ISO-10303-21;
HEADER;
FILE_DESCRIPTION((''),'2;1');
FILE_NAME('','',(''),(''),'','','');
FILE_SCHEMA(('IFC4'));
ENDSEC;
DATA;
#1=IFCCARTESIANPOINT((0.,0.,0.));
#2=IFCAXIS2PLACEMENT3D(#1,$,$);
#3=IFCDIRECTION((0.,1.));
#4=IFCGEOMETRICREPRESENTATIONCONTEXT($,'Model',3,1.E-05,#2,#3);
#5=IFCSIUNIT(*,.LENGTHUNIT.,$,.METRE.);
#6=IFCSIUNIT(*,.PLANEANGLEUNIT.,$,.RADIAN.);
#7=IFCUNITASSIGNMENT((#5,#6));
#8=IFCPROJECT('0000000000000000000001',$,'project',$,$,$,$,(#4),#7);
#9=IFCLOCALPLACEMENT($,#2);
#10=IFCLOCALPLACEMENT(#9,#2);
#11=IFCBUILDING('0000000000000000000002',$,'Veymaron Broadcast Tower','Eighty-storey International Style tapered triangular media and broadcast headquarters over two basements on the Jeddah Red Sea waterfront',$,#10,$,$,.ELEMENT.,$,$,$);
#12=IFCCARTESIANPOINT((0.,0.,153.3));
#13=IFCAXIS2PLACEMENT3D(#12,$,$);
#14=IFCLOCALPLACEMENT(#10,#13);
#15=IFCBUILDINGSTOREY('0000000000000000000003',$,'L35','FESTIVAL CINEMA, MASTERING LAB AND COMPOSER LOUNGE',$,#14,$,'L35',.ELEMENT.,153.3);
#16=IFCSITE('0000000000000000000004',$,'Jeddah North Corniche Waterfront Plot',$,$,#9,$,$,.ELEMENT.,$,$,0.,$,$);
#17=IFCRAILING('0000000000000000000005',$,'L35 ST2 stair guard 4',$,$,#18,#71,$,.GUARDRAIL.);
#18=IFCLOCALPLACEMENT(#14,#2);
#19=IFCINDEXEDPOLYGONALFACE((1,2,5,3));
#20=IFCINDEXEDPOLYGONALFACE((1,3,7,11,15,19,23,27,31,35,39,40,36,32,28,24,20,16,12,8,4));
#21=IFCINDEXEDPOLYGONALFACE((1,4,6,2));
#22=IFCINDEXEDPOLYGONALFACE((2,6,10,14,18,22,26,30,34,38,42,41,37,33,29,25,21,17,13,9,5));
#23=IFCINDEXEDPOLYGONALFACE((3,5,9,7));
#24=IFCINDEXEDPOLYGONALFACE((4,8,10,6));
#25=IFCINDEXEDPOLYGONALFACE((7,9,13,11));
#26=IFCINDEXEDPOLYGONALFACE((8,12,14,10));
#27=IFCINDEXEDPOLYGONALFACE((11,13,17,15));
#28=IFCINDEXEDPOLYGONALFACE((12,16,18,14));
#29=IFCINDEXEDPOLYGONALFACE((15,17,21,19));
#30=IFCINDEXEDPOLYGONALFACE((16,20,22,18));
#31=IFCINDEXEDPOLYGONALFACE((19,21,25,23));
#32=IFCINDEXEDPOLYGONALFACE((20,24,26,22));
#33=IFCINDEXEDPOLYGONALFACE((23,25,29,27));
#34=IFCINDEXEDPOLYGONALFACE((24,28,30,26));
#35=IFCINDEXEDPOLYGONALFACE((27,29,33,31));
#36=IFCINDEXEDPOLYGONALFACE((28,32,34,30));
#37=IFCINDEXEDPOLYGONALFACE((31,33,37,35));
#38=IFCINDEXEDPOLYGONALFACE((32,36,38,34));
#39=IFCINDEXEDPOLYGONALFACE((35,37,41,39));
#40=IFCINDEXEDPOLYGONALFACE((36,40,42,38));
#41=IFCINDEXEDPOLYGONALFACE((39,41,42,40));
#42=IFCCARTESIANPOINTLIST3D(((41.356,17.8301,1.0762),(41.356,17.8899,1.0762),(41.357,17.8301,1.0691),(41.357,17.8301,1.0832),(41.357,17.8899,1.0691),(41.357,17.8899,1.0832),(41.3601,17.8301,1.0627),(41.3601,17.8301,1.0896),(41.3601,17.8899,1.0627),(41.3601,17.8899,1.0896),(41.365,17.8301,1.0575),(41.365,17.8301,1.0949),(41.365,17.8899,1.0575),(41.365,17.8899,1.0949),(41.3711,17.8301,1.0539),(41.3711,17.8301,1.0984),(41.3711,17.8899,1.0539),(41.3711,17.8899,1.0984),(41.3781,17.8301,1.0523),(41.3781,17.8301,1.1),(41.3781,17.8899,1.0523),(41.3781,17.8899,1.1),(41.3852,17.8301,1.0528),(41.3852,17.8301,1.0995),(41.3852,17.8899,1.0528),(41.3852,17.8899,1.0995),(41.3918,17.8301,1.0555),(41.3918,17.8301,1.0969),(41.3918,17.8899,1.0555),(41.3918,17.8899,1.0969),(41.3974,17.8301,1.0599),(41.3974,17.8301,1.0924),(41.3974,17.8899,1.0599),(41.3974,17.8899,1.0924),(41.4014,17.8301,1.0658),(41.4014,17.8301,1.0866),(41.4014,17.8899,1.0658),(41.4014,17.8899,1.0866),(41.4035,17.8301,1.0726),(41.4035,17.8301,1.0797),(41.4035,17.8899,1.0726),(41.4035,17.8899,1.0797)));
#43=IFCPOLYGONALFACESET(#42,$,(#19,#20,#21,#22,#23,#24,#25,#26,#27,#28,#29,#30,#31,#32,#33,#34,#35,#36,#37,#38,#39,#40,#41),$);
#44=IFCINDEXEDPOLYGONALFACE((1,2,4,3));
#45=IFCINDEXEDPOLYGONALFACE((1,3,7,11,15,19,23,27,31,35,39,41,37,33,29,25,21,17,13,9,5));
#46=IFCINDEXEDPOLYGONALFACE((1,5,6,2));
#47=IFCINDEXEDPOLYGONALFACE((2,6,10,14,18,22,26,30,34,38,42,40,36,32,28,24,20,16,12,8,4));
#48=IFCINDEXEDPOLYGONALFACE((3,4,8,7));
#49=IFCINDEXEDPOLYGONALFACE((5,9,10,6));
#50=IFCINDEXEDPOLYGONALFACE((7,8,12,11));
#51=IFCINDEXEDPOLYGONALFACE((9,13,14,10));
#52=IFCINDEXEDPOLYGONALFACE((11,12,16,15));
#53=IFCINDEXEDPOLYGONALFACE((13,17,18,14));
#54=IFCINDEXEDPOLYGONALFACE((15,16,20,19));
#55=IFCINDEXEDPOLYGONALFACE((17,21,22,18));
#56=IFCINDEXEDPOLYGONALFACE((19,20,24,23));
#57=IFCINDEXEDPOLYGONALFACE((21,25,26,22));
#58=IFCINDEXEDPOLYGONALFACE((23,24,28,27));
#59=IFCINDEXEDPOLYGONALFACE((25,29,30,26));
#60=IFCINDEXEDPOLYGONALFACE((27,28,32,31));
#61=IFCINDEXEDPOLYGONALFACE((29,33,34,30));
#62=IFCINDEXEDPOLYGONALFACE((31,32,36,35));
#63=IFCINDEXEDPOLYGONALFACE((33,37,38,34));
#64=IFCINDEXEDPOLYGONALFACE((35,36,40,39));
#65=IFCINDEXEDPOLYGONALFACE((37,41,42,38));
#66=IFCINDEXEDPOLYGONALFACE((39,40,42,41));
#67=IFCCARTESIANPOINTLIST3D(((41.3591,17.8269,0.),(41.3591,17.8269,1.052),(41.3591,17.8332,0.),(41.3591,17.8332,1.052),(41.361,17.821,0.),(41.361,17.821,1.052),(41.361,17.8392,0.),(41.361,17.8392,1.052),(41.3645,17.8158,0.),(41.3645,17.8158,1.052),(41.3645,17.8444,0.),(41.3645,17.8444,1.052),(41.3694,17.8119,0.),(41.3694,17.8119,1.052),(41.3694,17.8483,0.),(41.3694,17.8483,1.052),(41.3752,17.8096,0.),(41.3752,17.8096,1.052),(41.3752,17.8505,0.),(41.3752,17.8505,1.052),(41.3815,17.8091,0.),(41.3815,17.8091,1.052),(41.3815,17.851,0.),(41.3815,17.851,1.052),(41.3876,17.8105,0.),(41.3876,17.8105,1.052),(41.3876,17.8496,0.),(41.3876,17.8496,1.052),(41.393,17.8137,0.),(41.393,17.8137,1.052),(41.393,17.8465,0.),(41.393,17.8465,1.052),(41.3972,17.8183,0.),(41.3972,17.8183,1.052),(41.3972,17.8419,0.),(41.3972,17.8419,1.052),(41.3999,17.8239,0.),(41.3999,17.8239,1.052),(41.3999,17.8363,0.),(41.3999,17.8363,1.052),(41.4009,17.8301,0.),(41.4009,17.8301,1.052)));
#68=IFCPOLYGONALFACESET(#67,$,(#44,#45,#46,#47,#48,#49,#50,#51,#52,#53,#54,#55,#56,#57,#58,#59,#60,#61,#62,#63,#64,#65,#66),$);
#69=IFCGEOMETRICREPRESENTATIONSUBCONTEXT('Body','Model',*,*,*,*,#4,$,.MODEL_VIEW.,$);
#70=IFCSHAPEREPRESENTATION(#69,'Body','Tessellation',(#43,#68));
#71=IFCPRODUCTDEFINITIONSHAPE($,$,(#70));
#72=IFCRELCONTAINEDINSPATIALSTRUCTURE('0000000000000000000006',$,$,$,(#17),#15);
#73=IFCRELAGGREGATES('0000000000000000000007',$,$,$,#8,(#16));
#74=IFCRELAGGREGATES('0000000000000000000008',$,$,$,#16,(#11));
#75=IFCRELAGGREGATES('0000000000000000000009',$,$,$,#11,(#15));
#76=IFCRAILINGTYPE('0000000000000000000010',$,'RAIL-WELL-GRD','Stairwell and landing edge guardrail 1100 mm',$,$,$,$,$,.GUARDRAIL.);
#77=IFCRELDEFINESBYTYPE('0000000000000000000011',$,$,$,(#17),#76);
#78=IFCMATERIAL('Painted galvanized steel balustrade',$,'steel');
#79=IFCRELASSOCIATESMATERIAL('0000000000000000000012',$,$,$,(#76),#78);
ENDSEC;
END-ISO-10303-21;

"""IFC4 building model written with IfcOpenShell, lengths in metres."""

from ifc_helpers import new_model, si_unit, direction, frame, origin, origin_2d, place, context, subcontext, project, spatial, circle, extrude, material, type_object, element, save


model = new_model("IFC4")

# Units and contexts
model_context = context("Model", 3, precision=1e-05, world=origin(), true_north=direction((0.0, 1.0)))
body_context = subcontext(model_context, "Body", "Model", "MODEL_VIEW")
ifc_project = project(units=[si_unit("LENGTHUNIT", "METRE"), si_unit("PLANEANGLEUNIT", "RADIAN")], contexts=[model_context])

# Site, building, storey
site_placement = place(None, origin())
site = spatial("IfcSite", under=ifc_project, at=site_placement, Name="Jeddah North Corniche Waterfront Plot", CompositionType="ELEMENT", RefElevation=0.0)
building_placement = place(site_placement, origin())
building = spatial("IfcBuilding", under=site, at=building_placement, Name="Veymaron Broadcast Tower", Description="Eighty-storey International Style tapered triangular media and broadcast headquarters over two basements on the Jeddah Red Sea waterfront", CompositionType="ELEMENT")
storey_placement = place(building_placement, frame((0.0, 0.0, 153.3)))
storey = spatial("IfcBuildingStorey", under=building, at=storey_placement, Name="L35", Description="FESTIVAL CINEMA, MASTERING LAB AND COMPOSER LOUNGE", LongName="L35", CompositionType="ELEMENT", Elevation=153.3)

# Railing
ifc_material_1 = material(Name="Painted galvanized steel balustrade", Category="steel")
railing_type_1 = type_object("IfcRailingType", Name="RAIL-WELL-GRD", Description="Stairwell and landing edge guardrail 1100 mm", PredefinedType="GUARDRAIL", material=ifc_material_1)
railing_1_placement = place(storey_placement, frame((41.3799, 17.8301, 0.0)))
element("IfcRailing", 1, at=railing_1_placement, inside=storey, type_object=railing_type_1, Name="L35 ST2 stair guard 4", PredefinedType="GUARDRAIL", context=body_context, shape_type="SweptSolid", body=[
    extrude(circle(Radius=0.0239, at=origin_2d()), frame((0.0, 0.0, 1.0762), z_axis=(0.0, 1.0, 0.0), x_axis=(-1.0, 0.0, 0.0)), (0.0, 0.0, 1.0), 0.0598),
    extrude(circle(Radius=0.021, at=origin_2d()), origin(), (0.0, 0.0, 1.0), 1.052),
])

save(model, "model.ifc")
